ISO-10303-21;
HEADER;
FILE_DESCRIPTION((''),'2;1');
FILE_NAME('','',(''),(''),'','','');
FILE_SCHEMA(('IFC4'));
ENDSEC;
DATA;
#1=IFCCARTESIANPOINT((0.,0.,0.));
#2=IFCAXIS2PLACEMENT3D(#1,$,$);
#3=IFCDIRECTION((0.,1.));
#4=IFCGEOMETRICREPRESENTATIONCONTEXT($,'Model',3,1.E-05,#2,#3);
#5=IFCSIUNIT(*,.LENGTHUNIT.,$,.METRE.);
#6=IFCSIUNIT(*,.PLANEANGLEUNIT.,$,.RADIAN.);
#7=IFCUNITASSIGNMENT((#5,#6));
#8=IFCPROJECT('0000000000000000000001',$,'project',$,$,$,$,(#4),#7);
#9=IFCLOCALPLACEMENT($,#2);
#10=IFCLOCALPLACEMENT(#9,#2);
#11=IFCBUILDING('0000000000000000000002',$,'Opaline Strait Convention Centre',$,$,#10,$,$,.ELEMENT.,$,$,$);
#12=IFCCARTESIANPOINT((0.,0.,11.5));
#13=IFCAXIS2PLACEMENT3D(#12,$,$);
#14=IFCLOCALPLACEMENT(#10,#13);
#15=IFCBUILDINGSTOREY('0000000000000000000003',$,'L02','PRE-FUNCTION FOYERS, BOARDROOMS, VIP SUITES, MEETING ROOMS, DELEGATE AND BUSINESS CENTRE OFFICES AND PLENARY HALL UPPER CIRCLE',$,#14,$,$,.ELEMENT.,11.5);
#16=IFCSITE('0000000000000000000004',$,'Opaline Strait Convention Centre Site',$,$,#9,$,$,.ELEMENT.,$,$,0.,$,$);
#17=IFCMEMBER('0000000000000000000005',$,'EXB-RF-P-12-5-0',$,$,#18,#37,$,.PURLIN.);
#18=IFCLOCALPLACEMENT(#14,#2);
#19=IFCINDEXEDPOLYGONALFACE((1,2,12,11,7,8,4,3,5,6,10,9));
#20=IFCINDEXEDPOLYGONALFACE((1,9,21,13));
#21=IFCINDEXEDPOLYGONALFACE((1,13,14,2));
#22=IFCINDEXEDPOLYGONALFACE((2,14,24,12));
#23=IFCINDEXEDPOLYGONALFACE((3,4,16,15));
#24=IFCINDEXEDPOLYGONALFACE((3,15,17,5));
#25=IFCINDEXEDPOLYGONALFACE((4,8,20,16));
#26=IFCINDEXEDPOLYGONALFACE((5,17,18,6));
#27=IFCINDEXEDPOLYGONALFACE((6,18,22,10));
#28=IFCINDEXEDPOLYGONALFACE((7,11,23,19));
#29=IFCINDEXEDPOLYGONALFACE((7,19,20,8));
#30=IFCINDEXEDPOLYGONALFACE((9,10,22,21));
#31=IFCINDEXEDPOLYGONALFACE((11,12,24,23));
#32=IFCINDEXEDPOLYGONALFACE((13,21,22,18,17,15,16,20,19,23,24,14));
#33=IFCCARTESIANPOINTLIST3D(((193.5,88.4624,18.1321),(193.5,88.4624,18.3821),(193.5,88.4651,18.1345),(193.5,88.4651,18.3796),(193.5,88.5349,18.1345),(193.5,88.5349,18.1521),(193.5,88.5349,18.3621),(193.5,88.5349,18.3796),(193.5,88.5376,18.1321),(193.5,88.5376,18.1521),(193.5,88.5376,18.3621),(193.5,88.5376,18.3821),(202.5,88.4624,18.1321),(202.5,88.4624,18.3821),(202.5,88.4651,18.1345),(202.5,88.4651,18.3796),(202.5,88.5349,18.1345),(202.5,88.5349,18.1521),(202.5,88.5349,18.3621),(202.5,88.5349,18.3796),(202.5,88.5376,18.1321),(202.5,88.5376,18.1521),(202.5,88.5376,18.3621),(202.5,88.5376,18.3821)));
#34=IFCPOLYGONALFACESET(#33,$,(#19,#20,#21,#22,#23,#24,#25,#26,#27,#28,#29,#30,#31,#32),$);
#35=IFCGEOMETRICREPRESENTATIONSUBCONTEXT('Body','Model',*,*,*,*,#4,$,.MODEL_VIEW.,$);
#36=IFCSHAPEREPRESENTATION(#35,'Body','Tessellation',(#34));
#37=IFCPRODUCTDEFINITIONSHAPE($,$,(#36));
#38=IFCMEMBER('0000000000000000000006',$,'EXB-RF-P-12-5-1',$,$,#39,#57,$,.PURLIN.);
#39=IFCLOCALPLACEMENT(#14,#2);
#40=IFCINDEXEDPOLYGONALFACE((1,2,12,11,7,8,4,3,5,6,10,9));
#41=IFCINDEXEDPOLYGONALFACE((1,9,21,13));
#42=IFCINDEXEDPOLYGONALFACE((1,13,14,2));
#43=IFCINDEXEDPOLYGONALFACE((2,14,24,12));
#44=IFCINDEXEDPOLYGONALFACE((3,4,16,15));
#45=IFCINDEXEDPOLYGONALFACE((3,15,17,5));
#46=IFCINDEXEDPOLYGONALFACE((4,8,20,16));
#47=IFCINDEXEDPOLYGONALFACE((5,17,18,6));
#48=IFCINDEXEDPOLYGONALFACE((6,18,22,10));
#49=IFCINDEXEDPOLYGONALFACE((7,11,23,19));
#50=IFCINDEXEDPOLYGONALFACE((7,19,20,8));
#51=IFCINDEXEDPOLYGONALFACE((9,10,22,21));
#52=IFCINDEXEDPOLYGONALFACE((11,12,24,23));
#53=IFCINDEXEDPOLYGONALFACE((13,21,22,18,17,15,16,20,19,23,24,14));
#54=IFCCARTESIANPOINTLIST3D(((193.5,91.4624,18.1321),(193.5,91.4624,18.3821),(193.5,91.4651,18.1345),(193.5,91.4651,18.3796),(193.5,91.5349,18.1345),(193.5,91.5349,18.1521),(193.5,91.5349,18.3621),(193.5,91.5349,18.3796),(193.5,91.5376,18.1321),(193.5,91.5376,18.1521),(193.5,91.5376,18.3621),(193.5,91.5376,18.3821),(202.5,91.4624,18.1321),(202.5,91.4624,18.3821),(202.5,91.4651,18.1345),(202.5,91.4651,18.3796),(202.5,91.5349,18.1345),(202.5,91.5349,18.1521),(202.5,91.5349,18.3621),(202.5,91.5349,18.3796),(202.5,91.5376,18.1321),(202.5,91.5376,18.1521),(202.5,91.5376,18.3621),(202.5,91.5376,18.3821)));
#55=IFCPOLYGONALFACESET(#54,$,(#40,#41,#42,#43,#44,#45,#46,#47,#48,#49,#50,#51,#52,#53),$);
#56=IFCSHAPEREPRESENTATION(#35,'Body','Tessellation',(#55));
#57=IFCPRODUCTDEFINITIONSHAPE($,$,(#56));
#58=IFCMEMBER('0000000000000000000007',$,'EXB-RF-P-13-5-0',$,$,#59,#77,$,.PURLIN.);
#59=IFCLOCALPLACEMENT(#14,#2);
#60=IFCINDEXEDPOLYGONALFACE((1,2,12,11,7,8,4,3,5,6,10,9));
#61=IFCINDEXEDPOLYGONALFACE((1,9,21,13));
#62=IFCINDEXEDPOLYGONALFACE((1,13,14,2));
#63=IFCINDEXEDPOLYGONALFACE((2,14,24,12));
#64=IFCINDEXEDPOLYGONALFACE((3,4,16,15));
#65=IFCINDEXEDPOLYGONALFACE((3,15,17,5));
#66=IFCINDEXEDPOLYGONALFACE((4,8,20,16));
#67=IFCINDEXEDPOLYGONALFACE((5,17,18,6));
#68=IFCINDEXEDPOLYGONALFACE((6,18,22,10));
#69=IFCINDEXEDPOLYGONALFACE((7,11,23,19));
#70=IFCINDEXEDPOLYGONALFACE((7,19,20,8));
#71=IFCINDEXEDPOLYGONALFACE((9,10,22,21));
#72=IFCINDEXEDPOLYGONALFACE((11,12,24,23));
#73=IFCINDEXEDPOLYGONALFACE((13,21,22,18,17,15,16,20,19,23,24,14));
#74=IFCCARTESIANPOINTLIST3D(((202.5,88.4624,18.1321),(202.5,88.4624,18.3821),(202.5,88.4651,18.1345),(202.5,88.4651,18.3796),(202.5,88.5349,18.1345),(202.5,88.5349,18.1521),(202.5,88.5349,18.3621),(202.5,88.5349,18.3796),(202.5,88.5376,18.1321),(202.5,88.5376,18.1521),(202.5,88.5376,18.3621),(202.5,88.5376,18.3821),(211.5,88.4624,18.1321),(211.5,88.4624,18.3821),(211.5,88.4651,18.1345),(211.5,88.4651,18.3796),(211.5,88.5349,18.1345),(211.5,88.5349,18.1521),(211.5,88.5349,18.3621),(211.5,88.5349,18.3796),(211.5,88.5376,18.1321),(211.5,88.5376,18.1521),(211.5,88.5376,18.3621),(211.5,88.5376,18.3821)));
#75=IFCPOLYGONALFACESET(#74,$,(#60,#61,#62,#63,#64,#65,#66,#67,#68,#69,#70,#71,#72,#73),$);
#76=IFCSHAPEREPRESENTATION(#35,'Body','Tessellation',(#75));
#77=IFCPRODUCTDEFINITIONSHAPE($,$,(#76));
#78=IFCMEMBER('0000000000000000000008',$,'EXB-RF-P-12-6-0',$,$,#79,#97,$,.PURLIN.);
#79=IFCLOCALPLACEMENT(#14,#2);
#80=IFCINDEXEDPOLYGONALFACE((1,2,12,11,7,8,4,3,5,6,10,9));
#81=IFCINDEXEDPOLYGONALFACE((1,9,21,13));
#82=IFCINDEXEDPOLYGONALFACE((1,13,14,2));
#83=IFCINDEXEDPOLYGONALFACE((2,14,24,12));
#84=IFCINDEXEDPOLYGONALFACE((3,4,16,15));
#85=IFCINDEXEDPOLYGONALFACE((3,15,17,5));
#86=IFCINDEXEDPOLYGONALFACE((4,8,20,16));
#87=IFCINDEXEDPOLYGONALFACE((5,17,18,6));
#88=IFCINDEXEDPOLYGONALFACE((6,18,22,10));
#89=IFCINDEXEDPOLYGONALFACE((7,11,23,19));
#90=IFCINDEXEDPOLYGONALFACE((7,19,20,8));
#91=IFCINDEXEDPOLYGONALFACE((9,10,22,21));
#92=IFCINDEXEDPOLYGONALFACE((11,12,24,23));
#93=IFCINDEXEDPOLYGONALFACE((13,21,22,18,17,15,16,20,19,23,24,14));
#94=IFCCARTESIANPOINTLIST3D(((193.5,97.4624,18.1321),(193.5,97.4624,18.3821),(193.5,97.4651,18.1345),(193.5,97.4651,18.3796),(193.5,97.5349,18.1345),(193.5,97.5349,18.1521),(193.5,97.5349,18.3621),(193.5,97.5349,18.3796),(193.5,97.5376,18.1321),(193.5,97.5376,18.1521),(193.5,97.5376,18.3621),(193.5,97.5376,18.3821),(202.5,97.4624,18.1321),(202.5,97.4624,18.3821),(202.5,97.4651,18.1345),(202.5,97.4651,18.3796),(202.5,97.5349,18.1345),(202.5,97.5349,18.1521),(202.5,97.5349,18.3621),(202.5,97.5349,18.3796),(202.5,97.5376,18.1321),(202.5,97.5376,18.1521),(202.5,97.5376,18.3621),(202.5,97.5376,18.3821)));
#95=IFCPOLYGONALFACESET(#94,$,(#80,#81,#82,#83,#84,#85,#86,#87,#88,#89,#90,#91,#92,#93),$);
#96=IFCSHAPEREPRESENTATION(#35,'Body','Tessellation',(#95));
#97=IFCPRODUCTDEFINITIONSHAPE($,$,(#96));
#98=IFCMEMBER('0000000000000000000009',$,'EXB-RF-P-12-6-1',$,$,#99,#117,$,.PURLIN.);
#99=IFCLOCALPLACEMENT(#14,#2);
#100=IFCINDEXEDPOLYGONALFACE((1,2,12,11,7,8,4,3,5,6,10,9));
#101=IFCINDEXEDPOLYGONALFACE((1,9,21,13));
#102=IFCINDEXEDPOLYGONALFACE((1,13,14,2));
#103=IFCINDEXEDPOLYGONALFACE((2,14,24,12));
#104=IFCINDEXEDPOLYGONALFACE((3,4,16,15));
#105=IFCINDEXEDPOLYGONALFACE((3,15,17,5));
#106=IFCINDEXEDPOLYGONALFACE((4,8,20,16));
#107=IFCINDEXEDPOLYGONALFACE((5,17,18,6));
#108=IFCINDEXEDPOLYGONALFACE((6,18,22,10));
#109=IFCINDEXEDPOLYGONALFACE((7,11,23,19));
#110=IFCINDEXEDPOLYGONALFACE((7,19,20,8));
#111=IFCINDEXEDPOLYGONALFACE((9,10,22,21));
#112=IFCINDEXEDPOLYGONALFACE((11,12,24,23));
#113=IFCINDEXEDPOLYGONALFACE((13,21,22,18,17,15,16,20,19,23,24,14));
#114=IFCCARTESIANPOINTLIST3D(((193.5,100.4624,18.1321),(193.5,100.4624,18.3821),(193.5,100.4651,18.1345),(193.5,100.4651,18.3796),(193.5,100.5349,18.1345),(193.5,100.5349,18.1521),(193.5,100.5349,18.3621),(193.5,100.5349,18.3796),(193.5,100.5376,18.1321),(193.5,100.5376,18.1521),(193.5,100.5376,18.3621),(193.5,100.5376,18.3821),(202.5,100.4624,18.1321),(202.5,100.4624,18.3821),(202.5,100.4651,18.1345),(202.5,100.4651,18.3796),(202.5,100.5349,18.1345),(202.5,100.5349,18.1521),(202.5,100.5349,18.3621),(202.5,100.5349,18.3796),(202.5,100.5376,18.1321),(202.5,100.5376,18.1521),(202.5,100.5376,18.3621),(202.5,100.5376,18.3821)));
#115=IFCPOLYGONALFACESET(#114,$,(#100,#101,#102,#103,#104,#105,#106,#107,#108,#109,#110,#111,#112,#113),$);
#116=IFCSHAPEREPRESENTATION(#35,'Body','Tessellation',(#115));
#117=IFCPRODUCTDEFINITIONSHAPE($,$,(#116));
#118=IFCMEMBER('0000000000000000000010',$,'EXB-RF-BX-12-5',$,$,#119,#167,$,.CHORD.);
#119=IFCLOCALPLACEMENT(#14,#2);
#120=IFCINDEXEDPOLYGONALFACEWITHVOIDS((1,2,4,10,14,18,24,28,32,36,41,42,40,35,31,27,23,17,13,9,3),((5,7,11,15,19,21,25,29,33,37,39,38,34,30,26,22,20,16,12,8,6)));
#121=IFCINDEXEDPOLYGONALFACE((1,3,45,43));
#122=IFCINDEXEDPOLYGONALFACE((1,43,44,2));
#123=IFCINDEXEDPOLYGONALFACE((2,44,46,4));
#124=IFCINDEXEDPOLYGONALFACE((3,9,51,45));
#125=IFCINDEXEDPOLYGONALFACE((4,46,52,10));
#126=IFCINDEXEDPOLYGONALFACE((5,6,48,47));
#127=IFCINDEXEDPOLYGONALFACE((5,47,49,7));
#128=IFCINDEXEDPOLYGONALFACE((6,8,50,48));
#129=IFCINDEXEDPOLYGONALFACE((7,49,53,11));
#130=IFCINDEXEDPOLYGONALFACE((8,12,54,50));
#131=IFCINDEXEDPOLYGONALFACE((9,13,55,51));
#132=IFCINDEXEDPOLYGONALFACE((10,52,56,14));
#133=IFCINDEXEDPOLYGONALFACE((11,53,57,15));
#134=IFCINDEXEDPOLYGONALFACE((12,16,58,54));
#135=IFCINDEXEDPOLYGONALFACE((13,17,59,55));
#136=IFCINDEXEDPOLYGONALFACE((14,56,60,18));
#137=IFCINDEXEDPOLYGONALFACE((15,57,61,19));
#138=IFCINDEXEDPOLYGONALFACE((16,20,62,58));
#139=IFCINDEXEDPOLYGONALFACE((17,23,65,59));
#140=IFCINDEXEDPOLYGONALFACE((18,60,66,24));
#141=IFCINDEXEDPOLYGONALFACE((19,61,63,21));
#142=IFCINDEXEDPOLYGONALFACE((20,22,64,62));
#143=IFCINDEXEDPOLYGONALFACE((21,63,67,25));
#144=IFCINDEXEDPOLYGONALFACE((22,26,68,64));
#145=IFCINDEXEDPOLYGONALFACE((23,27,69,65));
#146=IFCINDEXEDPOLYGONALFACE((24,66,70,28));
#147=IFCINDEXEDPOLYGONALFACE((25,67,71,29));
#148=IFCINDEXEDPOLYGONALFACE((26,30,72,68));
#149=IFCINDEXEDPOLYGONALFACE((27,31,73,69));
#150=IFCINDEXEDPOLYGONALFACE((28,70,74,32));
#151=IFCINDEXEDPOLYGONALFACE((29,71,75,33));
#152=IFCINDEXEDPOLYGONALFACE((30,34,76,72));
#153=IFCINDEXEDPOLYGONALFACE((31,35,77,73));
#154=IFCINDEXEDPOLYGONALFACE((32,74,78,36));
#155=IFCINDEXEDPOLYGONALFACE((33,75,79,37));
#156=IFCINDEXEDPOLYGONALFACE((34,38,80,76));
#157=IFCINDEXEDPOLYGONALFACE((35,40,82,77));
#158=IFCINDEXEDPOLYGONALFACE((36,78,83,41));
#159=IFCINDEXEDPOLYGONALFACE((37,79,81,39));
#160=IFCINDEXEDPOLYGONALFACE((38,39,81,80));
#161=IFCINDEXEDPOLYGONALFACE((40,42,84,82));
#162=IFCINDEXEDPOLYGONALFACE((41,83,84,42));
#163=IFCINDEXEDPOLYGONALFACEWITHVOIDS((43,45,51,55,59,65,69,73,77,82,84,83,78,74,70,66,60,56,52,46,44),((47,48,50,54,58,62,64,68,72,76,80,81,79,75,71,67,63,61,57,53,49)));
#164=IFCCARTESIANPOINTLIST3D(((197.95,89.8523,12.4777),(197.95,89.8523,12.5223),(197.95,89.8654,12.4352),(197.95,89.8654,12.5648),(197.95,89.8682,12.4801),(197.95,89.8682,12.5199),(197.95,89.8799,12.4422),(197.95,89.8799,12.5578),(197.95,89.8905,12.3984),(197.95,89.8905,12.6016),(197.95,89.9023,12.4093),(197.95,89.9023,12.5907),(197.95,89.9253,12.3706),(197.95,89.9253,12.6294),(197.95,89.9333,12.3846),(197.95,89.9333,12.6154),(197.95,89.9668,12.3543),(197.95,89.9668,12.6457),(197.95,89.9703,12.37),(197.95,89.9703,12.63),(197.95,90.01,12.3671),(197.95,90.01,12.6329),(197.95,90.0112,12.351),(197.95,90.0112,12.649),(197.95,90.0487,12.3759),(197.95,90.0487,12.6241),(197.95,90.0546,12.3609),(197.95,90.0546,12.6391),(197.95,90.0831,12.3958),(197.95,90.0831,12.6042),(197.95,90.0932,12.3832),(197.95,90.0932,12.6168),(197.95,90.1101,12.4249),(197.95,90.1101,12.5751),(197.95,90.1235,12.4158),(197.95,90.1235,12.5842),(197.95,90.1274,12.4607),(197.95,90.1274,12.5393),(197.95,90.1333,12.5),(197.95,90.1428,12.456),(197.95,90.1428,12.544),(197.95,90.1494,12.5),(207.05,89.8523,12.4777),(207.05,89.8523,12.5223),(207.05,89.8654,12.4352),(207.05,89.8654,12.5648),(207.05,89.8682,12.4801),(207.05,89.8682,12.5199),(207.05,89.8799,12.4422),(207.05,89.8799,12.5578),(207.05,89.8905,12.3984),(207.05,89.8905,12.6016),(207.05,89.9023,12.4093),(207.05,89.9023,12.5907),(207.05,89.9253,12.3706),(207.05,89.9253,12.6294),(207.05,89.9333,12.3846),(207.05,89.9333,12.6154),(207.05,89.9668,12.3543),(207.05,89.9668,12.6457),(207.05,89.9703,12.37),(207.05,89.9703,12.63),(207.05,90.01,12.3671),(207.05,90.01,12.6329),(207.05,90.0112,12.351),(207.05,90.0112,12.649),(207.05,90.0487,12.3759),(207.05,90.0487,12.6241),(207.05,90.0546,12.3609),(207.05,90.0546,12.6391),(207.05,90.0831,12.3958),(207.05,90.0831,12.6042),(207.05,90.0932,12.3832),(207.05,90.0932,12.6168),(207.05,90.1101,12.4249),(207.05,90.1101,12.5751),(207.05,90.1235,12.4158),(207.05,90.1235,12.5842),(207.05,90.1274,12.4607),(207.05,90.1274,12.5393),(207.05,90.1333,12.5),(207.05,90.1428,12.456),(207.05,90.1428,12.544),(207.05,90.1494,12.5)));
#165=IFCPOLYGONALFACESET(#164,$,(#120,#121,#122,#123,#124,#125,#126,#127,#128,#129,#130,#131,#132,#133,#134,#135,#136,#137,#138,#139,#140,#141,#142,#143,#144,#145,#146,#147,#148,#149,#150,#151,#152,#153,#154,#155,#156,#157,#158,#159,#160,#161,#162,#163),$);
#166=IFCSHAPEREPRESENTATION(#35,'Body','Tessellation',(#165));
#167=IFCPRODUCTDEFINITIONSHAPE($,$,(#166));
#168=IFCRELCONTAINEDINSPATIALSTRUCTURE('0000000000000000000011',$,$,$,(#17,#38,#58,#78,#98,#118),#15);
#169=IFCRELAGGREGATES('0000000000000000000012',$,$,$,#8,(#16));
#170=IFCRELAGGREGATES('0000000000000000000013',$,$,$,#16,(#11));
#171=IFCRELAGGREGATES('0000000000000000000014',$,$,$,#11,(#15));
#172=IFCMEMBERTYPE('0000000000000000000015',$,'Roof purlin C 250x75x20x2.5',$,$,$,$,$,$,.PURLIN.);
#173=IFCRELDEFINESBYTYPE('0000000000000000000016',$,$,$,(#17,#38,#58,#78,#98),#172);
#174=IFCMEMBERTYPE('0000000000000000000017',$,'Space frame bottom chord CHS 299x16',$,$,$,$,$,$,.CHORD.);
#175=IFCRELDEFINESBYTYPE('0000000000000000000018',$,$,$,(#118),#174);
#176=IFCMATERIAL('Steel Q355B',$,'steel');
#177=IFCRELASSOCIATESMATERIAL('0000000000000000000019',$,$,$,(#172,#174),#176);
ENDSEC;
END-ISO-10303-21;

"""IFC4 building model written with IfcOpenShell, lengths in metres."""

from ifc_helpers import new_model, si_unit, direction, frame, origin, origin_2d, place, context, subcontext, project, spatial, polyline, hollow_circle, outline, extrude, material, material_profile, profile_set, type_object, element, save


model = new_model("IFC4")

# Units and contexts
model_context = context("Model", 3, precision=1e-05, world=origin(), true_north=direction((0.0, 1.0)))
body_context = subcontext(model_context, "Body", "Model", "MODEL_VIEW")
ifc_project = project(units=[si_unit("LENGTHUNIT", "METRE"), si_unit("PLANEANGLEUNIT", "RADIAN")], contexts=[model_context])

# Site, building, storey
site_placement = place(None, origin())
site = spatial("IfcSite", under=ifc_project, at=site_placement, Name="Opaline Strait Convention Centre Site", CompositionType="ELEMENT", RefElevation=0.0)
building_placement = place(site_placement, origin())
building = spatial("IfcBuilding", under=site, at=building_placement, Name="Opaline Strait Convention Centre", CompositionType="ELEMENT")
storey_placement = place(building_placement, frame((0.0, 0.0, 11.5)))
storey = spatial("IfcBuildingStorey", under=building, at=storey_placement, Name="L02", Description="PRE-FUNCTION FOYERS, BOARDROOMS, VIP SUITES, MEETING ROOMS, DELEGATE AND BUSINESS CENTRE OFFICES AND PLENARY HALL UPPER CIRCLE", CompositionType="ELEMENT", Elevation=11.5)

# Members
ifc_material = material(Name="Steel Q355B", Category="steel")
ifc_material_profile_1 = material_profile(ifc_material, outline(polyline([(-0.0376, -0.125), (0.0376, -0.125), (0.0376, -0.105), (0.0349, -0.105), (0.0349, -0.1226), (-0.0349, -0.1226), (-0.0349, 0.1226), (0.0349, 0.1226), (0.0349, 0.105), (0.0376, 0.105), (0.0376, 0.125), (-0.0376, 0.125), (-0.0376, -0.125)])), Name="C 250x75x20x2.5")
ifc_profile_set_1 = profile_set([ifc_material_profile_1], Name="Steel Q355B")
member_type_1 = type_object("IfcMemberType", Name="Roof purlin C 250x75x20x2.5", PredefinedType="PURLIN", material=ifc_profile_set_1)
for number, where, z_axis, x_axis, name in (
    (1, (193.5, 88.5, 18.2571), (1.0, 0.0, 0.0), (0.0, 1.0, 0.0), "EXB-RF-P-12-5-0"),
    (2, (193.5, 91.5, 18.2571), (1.0, 0.0, 0.0), (0.0, 1.0, 0.0), "EXB-RF-P-12-5-1"),
    (3, (202.5, 88.5, 18.2571), (1.0, 0.0, 0.0), (0.0, 1.0, 0.0), "EXB-RF-P-13-5-0"),
    (4, (193.5, 97.5, 18.2571), (1.0, 0.0, 0.0), (0.0, 1.0, 0.0), "EXB-RF-P-12-6-0"),
    (5, (193.5, 100.5, 18.2571), (1.0, 0.0, 0.0), (0.0, 1.0, 0.0), "EXB-RF-P-12-6-1"),
):
    element("IfcMember", number, at=place(storey_placement, frame(where, z_axis=z_axis, x_axis=x_axis)), inside=storey, type_object=member_type_1, Name=name, PredefinedType="PURLIN", context=body_context, shape_type="SweptSolid", body=[
        extrude(outline(polyline([(-0.0376, -0.125), (0.0376, -0.125), (0.0376, -0.105), (0.0349, -0.105), (0.0349, -0.1226), (-0.0349, -0.1226), (-0.0349, 0.1226), (0.0349, 0.1226), (0.0349, 0.105), (0.0376, 0.105), (0.0376, 0.125), (-0.0376, 0.125), (-0.0376, -0.125)])), origin(), (0.0, 0.0, 1.0), 9.0),
    ])
ifc_material_profile_2 = material_profile(ifc_material, hollow_circle(Radius=0.1494, WallThickness=0.0161, at=origin_2d()), Name="CHS 299x16")
ifc_profile_set_2 = profile_set([ifc_material_profile_2], Name="Steel Q355B")
member_type_2 = type_object("IfcMemberType", Name="Space frame bottom chord CHS 299x16", PredefinedType="CHORD", material=ifc_profile_set_2)
for number, where, z_axis, x_axis, name in (
    (6, (197.95, 90.0, 12.5), (1.0, 0.0, 0.0), (0.0, 1.0, 0.0), "EXB-RF-BX-12-5"),
):
    element("IfcMember", number, at=place(storey_placement, frame(where, z_axis=z_axis, x_axis=x_axis)), inside=storey, type_object=member_type_2, Name=name, PredefinedType="CHORD", context=body_context, shape_type="SweptSolid", body=[
        extrude(hollow_circle(Radius=0.1494, WallThickness=0.0161, at=origin_2d()), origin(), (0.0, 0.0, 1.0), 9.1001),
    ])

save(model, "model.ifc")
